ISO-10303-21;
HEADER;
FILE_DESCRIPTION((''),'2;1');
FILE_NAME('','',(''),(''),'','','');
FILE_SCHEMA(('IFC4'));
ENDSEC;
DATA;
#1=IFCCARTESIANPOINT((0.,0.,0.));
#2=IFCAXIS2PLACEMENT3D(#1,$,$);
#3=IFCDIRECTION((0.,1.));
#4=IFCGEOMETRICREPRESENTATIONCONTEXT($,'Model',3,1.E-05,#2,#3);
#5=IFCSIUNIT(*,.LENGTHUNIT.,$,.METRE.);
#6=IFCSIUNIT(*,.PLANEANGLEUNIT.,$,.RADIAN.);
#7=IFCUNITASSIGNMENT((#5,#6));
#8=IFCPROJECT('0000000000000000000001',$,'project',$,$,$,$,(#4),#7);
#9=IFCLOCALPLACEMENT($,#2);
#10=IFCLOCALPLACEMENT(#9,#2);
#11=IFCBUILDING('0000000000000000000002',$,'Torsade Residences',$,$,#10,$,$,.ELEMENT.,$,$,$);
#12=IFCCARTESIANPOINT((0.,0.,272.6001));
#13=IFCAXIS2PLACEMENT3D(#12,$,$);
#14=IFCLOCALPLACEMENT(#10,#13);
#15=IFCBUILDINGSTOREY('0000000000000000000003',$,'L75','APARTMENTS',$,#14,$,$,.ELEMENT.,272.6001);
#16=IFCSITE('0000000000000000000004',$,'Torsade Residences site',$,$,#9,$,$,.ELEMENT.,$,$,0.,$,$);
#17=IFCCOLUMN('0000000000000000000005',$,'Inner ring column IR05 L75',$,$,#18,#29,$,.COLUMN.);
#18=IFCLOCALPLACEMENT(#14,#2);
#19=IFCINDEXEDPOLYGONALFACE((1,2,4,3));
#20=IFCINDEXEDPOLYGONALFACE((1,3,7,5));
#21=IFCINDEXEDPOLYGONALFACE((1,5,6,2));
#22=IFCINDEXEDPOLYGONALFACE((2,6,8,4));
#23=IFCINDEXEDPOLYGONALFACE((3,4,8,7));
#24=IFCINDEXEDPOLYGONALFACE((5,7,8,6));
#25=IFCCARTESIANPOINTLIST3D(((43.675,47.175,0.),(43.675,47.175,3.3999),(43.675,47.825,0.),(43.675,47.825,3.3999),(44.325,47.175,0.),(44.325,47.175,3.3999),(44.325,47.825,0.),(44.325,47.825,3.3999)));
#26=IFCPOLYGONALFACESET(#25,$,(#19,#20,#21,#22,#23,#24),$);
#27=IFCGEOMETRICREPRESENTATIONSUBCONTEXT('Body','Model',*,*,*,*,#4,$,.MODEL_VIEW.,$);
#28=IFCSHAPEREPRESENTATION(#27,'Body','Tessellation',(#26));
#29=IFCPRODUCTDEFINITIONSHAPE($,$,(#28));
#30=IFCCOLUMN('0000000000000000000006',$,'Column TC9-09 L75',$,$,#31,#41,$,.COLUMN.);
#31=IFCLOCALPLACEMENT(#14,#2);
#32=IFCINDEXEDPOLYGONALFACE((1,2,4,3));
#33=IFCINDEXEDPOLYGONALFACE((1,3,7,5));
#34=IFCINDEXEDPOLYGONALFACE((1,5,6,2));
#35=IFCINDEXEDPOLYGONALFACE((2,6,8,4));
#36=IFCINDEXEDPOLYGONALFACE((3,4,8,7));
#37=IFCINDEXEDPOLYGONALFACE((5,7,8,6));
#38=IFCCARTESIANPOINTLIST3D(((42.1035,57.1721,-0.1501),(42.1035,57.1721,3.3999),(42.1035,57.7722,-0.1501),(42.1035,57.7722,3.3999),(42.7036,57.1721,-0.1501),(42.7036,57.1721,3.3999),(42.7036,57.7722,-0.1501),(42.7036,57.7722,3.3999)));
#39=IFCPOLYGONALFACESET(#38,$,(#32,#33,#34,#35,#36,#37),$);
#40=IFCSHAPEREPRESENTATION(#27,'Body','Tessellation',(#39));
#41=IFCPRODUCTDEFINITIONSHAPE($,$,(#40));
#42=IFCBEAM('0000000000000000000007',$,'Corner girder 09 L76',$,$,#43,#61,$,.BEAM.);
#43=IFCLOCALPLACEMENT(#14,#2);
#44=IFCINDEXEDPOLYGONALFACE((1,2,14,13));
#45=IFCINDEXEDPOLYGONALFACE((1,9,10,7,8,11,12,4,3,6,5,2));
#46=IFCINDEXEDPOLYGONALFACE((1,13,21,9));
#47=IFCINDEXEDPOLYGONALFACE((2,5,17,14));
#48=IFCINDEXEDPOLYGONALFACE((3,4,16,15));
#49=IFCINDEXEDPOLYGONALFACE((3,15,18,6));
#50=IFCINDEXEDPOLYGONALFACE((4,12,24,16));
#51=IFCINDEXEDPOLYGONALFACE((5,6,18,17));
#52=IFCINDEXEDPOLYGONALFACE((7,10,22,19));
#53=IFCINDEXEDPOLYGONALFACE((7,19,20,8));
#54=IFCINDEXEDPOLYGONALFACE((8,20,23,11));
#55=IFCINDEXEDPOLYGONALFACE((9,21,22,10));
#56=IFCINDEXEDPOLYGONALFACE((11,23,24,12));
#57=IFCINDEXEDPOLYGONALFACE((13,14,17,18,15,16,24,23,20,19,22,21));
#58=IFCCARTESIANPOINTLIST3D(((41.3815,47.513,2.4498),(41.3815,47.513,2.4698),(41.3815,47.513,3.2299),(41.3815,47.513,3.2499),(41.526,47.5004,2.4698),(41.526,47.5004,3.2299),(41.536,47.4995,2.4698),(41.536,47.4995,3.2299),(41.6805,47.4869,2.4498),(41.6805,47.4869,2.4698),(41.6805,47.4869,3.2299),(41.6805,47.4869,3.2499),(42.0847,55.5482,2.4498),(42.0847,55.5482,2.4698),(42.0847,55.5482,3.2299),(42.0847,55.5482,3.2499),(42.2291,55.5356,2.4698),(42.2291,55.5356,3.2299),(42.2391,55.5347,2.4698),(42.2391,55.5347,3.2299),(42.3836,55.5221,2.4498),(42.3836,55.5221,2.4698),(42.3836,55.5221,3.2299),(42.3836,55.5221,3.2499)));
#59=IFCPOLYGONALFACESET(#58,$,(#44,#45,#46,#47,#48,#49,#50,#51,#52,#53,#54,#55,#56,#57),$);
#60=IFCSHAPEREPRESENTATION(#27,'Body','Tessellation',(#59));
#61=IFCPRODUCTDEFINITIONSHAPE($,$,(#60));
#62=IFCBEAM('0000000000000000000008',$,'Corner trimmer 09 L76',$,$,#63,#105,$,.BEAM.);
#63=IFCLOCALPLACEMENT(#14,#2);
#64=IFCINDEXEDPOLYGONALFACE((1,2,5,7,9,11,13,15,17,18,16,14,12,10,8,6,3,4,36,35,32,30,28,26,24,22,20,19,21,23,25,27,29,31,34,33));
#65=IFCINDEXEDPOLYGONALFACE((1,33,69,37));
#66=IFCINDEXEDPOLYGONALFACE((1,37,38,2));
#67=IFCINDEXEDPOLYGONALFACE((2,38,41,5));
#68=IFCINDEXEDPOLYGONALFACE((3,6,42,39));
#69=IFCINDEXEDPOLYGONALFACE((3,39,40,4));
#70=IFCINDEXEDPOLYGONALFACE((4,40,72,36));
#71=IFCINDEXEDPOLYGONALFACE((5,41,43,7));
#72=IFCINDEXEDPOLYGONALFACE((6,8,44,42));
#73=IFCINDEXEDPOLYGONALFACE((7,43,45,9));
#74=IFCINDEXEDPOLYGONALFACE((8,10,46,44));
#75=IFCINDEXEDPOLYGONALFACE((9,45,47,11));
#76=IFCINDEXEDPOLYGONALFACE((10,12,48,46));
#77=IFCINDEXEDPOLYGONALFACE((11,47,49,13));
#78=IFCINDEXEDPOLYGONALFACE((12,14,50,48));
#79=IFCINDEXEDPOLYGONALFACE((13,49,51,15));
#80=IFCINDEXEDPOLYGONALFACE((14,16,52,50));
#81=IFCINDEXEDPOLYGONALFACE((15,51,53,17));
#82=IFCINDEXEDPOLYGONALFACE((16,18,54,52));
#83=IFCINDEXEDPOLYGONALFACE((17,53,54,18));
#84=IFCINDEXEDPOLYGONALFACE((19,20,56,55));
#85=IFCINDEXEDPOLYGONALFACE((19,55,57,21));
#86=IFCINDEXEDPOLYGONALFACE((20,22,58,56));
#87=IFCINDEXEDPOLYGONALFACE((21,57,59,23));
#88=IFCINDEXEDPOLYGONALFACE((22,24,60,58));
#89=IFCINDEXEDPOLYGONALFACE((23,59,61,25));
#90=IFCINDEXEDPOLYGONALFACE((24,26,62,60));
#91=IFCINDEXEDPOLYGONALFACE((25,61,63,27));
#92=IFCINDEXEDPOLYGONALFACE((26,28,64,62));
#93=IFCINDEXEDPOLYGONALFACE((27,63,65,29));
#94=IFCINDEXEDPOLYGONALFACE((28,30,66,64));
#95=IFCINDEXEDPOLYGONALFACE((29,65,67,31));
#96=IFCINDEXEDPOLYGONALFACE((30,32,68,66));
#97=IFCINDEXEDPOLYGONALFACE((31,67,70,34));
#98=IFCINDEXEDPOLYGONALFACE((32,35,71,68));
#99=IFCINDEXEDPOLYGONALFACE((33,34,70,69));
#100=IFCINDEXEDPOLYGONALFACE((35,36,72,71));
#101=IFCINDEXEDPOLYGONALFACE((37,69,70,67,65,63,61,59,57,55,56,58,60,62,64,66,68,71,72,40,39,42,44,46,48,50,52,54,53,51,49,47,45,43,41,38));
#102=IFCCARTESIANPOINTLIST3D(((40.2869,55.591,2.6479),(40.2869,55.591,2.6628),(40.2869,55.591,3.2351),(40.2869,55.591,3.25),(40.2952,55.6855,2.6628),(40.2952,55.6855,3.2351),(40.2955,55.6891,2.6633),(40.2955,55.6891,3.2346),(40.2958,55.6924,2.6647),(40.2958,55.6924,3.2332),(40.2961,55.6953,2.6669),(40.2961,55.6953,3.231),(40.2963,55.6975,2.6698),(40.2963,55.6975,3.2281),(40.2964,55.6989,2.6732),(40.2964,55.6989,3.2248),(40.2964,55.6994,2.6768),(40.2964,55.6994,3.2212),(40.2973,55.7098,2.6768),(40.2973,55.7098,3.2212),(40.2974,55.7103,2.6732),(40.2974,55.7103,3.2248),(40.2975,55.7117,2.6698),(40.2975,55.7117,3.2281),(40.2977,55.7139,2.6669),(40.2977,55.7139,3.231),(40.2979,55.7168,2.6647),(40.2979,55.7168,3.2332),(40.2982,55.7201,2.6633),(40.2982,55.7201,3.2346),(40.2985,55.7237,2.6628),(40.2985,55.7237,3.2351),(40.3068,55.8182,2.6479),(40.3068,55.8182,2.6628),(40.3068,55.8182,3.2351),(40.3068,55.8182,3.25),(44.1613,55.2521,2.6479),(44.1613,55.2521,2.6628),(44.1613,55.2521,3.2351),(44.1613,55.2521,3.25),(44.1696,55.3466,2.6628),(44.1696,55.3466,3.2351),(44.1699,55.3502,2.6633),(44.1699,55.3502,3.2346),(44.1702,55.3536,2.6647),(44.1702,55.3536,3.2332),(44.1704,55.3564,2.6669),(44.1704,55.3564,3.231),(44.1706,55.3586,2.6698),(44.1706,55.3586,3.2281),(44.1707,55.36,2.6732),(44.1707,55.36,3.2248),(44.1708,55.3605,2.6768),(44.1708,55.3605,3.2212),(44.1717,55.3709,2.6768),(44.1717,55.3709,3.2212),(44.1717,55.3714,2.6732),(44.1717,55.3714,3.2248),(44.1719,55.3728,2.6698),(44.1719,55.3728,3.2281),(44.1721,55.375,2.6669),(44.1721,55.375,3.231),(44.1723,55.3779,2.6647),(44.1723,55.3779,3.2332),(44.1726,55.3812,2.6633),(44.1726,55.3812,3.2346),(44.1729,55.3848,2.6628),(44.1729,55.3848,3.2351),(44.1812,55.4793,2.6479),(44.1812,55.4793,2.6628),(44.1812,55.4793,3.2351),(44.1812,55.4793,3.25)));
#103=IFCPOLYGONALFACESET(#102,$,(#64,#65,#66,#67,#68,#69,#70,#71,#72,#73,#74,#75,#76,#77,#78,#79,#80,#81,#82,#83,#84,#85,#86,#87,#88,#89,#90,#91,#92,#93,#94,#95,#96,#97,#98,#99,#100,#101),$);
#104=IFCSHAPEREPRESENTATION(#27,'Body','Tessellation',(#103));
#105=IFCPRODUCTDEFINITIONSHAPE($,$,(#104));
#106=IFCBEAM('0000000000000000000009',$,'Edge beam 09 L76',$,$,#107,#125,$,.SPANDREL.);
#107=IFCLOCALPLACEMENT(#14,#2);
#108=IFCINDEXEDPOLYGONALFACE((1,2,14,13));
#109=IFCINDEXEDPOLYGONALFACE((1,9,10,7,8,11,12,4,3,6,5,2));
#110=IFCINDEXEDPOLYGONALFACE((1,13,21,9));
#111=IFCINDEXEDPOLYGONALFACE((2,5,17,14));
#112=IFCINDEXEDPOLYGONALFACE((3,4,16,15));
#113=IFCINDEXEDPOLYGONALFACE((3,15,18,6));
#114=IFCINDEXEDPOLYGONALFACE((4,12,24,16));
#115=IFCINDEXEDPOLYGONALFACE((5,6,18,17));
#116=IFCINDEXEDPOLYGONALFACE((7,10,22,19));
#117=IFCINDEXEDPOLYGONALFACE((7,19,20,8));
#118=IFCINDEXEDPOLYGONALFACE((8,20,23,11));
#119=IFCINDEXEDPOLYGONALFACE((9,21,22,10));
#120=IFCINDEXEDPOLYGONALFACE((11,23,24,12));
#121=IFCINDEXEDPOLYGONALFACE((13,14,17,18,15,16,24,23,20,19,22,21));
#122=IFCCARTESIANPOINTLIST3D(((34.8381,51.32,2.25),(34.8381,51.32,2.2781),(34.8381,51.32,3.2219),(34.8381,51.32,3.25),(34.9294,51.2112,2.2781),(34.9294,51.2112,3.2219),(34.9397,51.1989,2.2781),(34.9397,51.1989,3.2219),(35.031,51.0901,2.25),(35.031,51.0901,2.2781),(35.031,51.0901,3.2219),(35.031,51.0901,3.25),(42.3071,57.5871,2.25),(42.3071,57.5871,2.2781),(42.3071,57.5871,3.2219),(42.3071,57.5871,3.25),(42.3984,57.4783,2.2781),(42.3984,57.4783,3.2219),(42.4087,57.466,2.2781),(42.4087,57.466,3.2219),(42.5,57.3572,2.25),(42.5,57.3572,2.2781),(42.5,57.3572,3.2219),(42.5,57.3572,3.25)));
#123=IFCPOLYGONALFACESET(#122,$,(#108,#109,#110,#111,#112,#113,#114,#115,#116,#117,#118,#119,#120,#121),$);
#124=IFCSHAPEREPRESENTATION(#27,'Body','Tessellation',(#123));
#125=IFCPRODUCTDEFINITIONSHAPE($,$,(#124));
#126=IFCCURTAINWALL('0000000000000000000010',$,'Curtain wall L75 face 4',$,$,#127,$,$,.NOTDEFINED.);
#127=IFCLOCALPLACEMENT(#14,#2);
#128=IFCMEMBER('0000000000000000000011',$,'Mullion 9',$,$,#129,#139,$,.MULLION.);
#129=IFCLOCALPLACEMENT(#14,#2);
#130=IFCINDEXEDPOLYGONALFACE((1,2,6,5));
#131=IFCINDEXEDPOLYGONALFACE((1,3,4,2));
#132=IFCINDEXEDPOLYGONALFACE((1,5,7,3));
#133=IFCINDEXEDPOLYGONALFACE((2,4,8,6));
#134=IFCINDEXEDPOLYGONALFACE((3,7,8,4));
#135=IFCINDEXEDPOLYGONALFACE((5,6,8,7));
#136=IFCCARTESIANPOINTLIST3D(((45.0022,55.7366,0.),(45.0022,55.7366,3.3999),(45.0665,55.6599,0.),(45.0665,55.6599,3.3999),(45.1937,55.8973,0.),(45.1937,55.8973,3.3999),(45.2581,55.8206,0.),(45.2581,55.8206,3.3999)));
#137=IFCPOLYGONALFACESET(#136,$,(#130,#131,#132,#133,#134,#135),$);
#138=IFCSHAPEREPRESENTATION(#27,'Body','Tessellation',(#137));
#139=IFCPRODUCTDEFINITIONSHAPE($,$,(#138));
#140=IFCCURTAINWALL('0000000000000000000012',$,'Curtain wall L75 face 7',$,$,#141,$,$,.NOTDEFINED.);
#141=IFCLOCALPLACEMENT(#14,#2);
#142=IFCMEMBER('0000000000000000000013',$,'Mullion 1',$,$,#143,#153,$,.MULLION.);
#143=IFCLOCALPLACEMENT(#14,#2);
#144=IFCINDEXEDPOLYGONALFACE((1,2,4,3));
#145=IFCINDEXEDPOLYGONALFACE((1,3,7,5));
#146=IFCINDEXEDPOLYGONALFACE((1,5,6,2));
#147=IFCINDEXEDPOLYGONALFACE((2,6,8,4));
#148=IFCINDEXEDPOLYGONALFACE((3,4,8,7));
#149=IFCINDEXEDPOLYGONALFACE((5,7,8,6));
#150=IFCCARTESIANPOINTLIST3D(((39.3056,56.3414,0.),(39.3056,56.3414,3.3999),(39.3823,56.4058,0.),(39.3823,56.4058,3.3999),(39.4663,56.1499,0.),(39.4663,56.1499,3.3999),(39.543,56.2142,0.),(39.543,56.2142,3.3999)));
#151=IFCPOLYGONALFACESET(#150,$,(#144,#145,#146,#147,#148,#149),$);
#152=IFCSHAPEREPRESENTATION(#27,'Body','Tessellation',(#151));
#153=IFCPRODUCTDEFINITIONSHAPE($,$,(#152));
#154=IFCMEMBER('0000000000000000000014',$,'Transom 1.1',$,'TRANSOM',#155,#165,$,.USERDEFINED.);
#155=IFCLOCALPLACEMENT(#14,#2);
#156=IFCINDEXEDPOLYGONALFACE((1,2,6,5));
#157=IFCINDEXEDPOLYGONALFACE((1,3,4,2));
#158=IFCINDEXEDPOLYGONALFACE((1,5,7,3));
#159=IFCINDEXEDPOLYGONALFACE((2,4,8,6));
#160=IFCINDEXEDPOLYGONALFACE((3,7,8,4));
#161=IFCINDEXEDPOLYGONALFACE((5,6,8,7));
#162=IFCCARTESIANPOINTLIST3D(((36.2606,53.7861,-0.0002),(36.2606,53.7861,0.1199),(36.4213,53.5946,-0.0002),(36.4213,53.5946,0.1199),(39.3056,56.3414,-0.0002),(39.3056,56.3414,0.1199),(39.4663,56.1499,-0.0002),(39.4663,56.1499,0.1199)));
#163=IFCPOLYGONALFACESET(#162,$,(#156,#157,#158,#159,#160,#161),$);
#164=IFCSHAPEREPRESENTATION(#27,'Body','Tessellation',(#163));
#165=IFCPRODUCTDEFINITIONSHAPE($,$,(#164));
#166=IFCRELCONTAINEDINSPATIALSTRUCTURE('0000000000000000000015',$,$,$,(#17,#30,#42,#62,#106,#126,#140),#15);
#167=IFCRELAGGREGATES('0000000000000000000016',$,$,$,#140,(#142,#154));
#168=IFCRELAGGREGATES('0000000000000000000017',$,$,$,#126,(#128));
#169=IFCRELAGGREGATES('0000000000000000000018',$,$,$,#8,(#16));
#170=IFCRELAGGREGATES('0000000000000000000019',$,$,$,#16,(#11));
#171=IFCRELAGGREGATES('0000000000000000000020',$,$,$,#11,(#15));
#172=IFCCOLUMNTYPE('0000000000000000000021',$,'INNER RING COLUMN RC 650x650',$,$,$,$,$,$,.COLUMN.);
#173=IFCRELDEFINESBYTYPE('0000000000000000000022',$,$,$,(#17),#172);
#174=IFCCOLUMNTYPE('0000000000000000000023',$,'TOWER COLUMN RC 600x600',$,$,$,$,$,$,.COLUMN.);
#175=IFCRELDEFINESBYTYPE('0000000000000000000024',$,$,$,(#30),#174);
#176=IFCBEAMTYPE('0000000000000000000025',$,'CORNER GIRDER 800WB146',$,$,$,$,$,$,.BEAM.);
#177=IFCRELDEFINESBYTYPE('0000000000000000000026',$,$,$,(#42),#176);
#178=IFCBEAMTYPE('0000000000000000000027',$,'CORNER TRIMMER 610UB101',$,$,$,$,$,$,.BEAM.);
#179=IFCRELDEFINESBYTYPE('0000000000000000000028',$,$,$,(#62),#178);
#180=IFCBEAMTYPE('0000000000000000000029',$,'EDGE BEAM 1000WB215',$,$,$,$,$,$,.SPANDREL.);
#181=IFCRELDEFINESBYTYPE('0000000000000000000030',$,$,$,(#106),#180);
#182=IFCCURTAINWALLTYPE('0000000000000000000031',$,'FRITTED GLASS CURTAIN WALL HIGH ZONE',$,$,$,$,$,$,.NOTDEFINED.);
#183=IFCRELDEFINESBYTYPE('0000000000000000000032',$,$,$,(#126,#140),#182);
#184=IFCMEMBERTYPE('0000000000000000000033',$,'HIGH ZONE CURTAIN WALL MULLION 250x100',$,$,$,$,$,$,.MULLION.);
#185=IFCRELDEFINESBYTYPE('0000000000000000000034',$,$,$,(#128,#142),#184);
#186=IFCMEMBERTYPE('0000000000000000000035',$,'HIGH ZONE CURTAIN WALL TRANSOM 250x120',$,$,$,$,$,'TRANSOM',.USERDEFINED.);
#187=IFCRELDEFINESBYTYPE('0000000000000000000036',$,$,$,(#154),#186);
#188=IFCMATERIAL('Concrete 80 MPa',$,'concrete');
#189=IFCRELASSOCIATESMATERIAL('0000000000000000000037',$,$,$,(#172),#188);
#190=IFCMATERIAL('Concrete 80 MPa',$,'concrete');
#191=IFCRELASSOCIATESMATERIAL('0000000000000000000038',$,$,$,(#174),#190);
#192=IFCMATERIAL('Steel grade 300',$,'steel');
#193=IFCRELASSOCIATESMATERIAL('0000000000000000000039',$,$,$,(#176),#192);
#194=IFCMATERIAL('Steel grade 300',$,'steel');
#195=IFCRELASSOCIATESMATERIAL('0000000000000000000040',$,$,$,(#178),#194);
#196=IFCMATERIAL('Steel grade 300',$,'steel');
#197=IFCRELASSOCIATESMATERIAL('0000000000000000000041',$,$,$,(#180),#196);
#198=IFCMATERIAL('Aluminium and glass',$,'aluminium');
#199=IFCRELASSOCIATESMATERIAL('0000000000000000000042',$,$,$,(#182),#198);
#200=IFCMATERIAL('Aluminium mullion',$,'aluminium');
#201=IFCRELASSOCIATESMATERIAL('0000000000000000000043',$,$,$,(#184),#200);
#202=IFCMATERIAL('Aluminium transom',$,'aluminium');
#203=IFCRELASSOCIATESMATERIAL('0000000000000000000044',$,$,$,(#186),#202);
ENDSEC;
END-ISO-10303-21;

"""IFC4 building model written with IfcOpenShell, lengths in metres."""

from ifc_helpers import new_model, si_unit, direction, frame, origin, origin_2d, place, context, subcontext, project, spatial, rectangle, i_section, extrude, material, material_profile, profile_set, type_object, element, aggregate, save


model = new_model("IFC4")

# Units and contexts
model_context = context("Model", 3, precision=1e-05, world=origin(), true_north=direction((0.0, 1.0)))
body_context = subcontext(model_context, "Body", "Model", "MODEL_VIEW")
ifc_project = project(units=[si_unit("LENGTHUNIT", "METRE"), si_unit("PLANEANGLEUNIT", "RADIAN")], contexts=[model_context])

# Site, building, storey
site_placement = place(None, origin())
site = spatial("IfcSite", under=ifc_project, at=site_placement, Name="Torsade Residences site", CompositionType="ELEMENT", RefElevation=0.0)
building_placement = place(site_placement, origin())
building = spatial("IfcBuilding", under=site, at=building_placement, Name="Torsade Residences", CompositionType="ELEMENT")
storey_placement = place(building_placement, frame((0.0, 0.0, 272.6001)))
storey = spatial("IfcBuildingStorey", under=building, at=storey_placement, Name="L75", Description="APARTMENTS", CompositionType="ELEMENT", Elevation=272.6001)

# Columns
ifc_material_1 = material(Name="Concrete 80 MPa", Category="concrete")
ifc_material_profile_1 = material_profile(ifc_material_1, rectangle(XDim=0.6499, YDim=0.6499, at=origin_2d()), Name="RC 650x650")
ifc_profile_set_1 = profile_set([ifc_material_profile_1], Name="Concrete 80 MPa")
column_type_1 = type_object("IfcColumnType", Name="INNER RING COLUMN RC 650x650", PredefinedType="COLUMN", material=ifc_profile_set_1)
column_1_placement = place(storey_placement, frame((44.0, 47.5, 0.0), z_axis=(0.0, 0.0, 1.0), x_axis=(1.0, 0.0, 0.0)))
element("IfcColumn", 1, at=column_1_placement, inside=storey, type_object=column_type_1, Name="Inner ring column IR05 L75", PredefinedType="COLUMN", context=body_context, shape_type="SweptSolid", body=[
    extrude(rectangle(XDim=0.6499, YDim=0.6499, at=origin_2d()), origin(), (0.0, 0.0, 1.0), 3.3999),
])
ifc_material_2 = material(Name="Concrete 80 MPa", Category="concrete")
ifc_material_profile_2 = material_profile(ifc_material_2, rectangle(XDim=0.6001, YDim=0.6001, at=origin_2d()), Name="RC 600x600")
ifc_profile_set_2 = profile_set([ifc_material_profile_2], Name="Concrete 80 MPa")
column_type_2 = type_object("IfcColumnType", Name="TOWER COLUMN RC 600x600", PredefinedType="COLUMN", material=ifc_profile_set_2)
column_2_placement = place(storey_placement, frame((42.4036, 57.4722, -0.1501), z_axis=(0.0, 0.0, 1.0), x_axis=(1.0, 0.0, 0.0)))
element("IfcColumn", 2, at=column_2_placement, inside=storey, type_object=column_type_2, Name="Column TC9-09 L75", PredefinedType="COLUMN", context=body_context, shape_type="SweptSolid", body=[
    extrude(rectangle(XDim=0.6001, YDim=0.6001, at=origin_2d()), origin(), (0.0, 0.0, 1.0), 3.55),
])

# Beams
ifc_material_3 = material(Name="Steel grade 300", Category="steel")
ifc_material_profile_3 = material_profile(ifc_material_3, i_section(OverallWidth=0.3, OverallDepth=0.8, WebThickness=0.01, FlangeThickness=0.02, at=origin_2d()), Name="800WB146")
ifc_profile_set_3 = profile_set([ifc_material_profile_3], Name="Steel grade 300")
beam_type_1 = type_object("IfcBeamType", Name="CORNER GIRDER 800WB146", PredefinedType="BEAM", material=ifc_profile_set_3)
beam_1_placement = place(storey_placement, frame((42.2341, 55.5352, 2.8499), z_axis=(-0.087173, -0.996193, 0.0), x_axis=(0.996193, -0.087173, 0.0)))
element("IfcBeam", 3, at=beam_1_placement, inside=storey, type_object=beam_type_1, Name="Corner girder 09 L76", PredefinedType="BEAM", context=body_context, shape_type="SweptSolid", body=[
    extrude(i_section(OverallWidth=0.3, OverallDepth=0.8, WebThickness=0.01, FlangeThickness=0.02, at=origin_2d()), origin(), (0.0, 0.0, 1.0), 8.0659),
])
ifc_material_4 = material(Name="Steel grade 300", Category="steel")
ifc_material_profile_4 = material_profile(ifc_material_4, i_section(OverallWidth=0.228, OverallDepth=0.6021, WebThickness=0.0105, FlangeThickness=0.0149, FilletRadius=0.0139, at=origin_2d()), Name="610UB101")
ifc_profile_set_4 = profile_set([ifc_material_profile_4], Name="Steel grade 300")
beam_type_2 = type_object("IfcBeamType", Name="CORNER TRIMMER 610UB101", PredefinedType="BEAM", material=ifc_profile_set_4)
beam_2_placement = place(storey_placement, frame((40.2969, 55.7046, 2.949), z_axis=(0.996197, -0.087133, 0.0), x_axis=(0.087133, 0.996197, 0.0)))
element("IfcBeam", 4, at=beam_2_placement, inside=storey, type_object=beam_type_2, Name="Corner trimmer 09 L76", PredefinedType="BEAM", context=body_context, shape_type="SweptSolid", body=[
    extrude(i_section(OverallWidth=0.228, OverallDepth=0.6021, WebThickness=0.0105, FlangeThickness=0.0149, FilletRadius=0.0139, at=origin_2d()), origin(), (0.0, 0.0, 1.0), 3.8892),
])
ifc_material_5 = material(Name="Steel grade 300", Category="steel")
ifc_material_profile_5 = material_profile(ifc_material_5, i_section(OverallWidth=0.3, OverallDepth=1.0, WebThickness=0.0161, FlangeThickness=0.0281, at=origin_2d()), Name="1000WB215")
ifc_profile_set_5 = profile_set([ifc_material_profile_5], Name="Steel grade 300")
beam_type_3 = type_object("IfcBeamType", Name="EDGE BEAM 1000WB215", PredefinedType="SPANDREL", material=ifc_profile_set_5)
beam_3_placement = place(storey_placement, frame((42.4036, 57.4722, 2.75), z_axis=(-0.766052, -0.642779, 0.0), x_axis=(0.642779, -0.766052, 0.0)))
element("IfcBeam", 5, at=beam_3_placement, inside=storey, type_object=beam_type_3, Name="Edge beam 09 L76", PredefinedType="SPANDREL", context=body_context, shape_type="SweptSolid", body=[
    extrude(i_section(OverallWidth=0.3, OverallDepth=1.0, WebThickness=0.0161, FlangeThickness=0.0281, at=origin_2d()), origin(), (0.0, 0.0, 1.0), 9.75),
])

# Curtain wall, member
ifc_material_6 = material(Name="Aluminium and glass", Category="aluminium")
curtain_wall_type = type_object("IfcCurtainWallType", Name="FRITTED GLASS CURTAIN WALL HIGH ZONE", PredefinedType="NOTDEFINED", material=ifc_material_6)
curtain_wall_1_placement = place(storey_placement, origin())
curtain_wall_1 = element("IfcCurtainWall", 6, at=curtain_wall_1_placement, inside=storey, type_object=curtain_wall_type, Name="Curtain wall L75 face 4", PredefinedType="NOTDEFINED")
ifc_material_7 = material(Name="Aluminium mullion", Category="aluminium")
ifc_material_profile_6 = material_profile(ifc_material_7, rectangle(XDim=0.25, YDim=0.1001, at=origin_2d()), Name="HIGH ZONE CURTAIN WALL MULLION 250x100")
ifc_profile_set_6 = profile_set([ifc_material_profile_6], Name="Aluminium mullion")
member_type_1 = type_object("IfcMemberType", Name="HIGH ZONE CURTAIN WALL MULLION 250x100", PredefinedType="MULLION", material=ifc_profile_set_6)
member_1_placement = place(storey_placement, frame((45.1301, 55.7786, 0.0), z_axis=(0.0, 0.0, 1.0), x_axis=(-0.766044, -0.642788, 0.0)))
member_1 = element("IfcMember", 7, at=member_1_placement, type_object=member_type_1, Name="Mullion 9", PredefinedType="MULLION", context=body_context, shape_type="SweptSolid", body=[
    extrude(rectangle(XDim=0.25, YDim=0.1001, at=origin_2d()), origin(), (0.0, 0.0, 1.0), 3.3999),
])

# Curtain wall, members
curtain_wall_2_placement = place(storey_placement, origin())
curtain_wall_2 = element("IfcCurtainWall", 8, at=curtain_wall_2_placement, inside=storey, type_object=curtain_wall_type, Name="Curtain wall L75 face 7", PredefinedType="NOTDEFINED")
member_2_placement = place(storey_placement, frame((39.4243, 56.2778, 0.0), z_axis=(0.0, 0.0, 1.0), x_axis=(0.642788, -0.766044, 0.0)))
member_2 = element("IfcMember", 9, at=member_2_placement, type_object=member_type_1, Name="Mullion 1", PredefinedType="MULLION", context=body_context, shape_type="SweptSolid", body=[
    extrude(rectangle(XDim=0.25, YDim=0.1001, at=origin_2d()), origin(), (0.0, 0.0, 1.0), 3.3999),
])
ifc_material_8 = material(Name="Aluminium transom", Category="aluminium")
ifc_material_profile_7 = material_profile(ifc_material_8, rectangle(XDim=0.25, YDim=0.1201, at=origin_2d()), Name="HIGH ZONE CURTAIN WALL TRANSOM 250x120")
ifc_profile_set_7 = profile_set([ifc_material_profile_7], Name="Aluminium transom")
member_type_2 = type_object("IfcMemberType", Name="HIGH ZONE CURTAIN WALL TRANSOM 250x120", ElementType="TRANSOM", PredefinedType="USERDEFINED", material=ifc_profile_set_7)
member_3_placement = place(storey_placement, frame((39.386, 56.2456, 0.0598), z_axis=(-0.766022, -0.642815, 0.0), x_axis=(0.642815, -0.766022, 0.0)))
member_3 = element("IfcMember", 10, at=member_3_placement, type_object=member_type_2, Name="Transom 1.1", ObjectType="TRANSOM", PredefinedType="USERDEFINED", context=body_context, shape_type="SweptSolid", body=[
    extrude(rectangle(XDim=0.25, YDim=0.1201, at=origin_2d()), origin(), (0.0, 0.0, 1.0), 3.9751),
])
aggregate(curtain_wall_2, [member_2, member_3])

aggregate(curtain_wall_1, [member_1])

save(model, "model.ifc")
